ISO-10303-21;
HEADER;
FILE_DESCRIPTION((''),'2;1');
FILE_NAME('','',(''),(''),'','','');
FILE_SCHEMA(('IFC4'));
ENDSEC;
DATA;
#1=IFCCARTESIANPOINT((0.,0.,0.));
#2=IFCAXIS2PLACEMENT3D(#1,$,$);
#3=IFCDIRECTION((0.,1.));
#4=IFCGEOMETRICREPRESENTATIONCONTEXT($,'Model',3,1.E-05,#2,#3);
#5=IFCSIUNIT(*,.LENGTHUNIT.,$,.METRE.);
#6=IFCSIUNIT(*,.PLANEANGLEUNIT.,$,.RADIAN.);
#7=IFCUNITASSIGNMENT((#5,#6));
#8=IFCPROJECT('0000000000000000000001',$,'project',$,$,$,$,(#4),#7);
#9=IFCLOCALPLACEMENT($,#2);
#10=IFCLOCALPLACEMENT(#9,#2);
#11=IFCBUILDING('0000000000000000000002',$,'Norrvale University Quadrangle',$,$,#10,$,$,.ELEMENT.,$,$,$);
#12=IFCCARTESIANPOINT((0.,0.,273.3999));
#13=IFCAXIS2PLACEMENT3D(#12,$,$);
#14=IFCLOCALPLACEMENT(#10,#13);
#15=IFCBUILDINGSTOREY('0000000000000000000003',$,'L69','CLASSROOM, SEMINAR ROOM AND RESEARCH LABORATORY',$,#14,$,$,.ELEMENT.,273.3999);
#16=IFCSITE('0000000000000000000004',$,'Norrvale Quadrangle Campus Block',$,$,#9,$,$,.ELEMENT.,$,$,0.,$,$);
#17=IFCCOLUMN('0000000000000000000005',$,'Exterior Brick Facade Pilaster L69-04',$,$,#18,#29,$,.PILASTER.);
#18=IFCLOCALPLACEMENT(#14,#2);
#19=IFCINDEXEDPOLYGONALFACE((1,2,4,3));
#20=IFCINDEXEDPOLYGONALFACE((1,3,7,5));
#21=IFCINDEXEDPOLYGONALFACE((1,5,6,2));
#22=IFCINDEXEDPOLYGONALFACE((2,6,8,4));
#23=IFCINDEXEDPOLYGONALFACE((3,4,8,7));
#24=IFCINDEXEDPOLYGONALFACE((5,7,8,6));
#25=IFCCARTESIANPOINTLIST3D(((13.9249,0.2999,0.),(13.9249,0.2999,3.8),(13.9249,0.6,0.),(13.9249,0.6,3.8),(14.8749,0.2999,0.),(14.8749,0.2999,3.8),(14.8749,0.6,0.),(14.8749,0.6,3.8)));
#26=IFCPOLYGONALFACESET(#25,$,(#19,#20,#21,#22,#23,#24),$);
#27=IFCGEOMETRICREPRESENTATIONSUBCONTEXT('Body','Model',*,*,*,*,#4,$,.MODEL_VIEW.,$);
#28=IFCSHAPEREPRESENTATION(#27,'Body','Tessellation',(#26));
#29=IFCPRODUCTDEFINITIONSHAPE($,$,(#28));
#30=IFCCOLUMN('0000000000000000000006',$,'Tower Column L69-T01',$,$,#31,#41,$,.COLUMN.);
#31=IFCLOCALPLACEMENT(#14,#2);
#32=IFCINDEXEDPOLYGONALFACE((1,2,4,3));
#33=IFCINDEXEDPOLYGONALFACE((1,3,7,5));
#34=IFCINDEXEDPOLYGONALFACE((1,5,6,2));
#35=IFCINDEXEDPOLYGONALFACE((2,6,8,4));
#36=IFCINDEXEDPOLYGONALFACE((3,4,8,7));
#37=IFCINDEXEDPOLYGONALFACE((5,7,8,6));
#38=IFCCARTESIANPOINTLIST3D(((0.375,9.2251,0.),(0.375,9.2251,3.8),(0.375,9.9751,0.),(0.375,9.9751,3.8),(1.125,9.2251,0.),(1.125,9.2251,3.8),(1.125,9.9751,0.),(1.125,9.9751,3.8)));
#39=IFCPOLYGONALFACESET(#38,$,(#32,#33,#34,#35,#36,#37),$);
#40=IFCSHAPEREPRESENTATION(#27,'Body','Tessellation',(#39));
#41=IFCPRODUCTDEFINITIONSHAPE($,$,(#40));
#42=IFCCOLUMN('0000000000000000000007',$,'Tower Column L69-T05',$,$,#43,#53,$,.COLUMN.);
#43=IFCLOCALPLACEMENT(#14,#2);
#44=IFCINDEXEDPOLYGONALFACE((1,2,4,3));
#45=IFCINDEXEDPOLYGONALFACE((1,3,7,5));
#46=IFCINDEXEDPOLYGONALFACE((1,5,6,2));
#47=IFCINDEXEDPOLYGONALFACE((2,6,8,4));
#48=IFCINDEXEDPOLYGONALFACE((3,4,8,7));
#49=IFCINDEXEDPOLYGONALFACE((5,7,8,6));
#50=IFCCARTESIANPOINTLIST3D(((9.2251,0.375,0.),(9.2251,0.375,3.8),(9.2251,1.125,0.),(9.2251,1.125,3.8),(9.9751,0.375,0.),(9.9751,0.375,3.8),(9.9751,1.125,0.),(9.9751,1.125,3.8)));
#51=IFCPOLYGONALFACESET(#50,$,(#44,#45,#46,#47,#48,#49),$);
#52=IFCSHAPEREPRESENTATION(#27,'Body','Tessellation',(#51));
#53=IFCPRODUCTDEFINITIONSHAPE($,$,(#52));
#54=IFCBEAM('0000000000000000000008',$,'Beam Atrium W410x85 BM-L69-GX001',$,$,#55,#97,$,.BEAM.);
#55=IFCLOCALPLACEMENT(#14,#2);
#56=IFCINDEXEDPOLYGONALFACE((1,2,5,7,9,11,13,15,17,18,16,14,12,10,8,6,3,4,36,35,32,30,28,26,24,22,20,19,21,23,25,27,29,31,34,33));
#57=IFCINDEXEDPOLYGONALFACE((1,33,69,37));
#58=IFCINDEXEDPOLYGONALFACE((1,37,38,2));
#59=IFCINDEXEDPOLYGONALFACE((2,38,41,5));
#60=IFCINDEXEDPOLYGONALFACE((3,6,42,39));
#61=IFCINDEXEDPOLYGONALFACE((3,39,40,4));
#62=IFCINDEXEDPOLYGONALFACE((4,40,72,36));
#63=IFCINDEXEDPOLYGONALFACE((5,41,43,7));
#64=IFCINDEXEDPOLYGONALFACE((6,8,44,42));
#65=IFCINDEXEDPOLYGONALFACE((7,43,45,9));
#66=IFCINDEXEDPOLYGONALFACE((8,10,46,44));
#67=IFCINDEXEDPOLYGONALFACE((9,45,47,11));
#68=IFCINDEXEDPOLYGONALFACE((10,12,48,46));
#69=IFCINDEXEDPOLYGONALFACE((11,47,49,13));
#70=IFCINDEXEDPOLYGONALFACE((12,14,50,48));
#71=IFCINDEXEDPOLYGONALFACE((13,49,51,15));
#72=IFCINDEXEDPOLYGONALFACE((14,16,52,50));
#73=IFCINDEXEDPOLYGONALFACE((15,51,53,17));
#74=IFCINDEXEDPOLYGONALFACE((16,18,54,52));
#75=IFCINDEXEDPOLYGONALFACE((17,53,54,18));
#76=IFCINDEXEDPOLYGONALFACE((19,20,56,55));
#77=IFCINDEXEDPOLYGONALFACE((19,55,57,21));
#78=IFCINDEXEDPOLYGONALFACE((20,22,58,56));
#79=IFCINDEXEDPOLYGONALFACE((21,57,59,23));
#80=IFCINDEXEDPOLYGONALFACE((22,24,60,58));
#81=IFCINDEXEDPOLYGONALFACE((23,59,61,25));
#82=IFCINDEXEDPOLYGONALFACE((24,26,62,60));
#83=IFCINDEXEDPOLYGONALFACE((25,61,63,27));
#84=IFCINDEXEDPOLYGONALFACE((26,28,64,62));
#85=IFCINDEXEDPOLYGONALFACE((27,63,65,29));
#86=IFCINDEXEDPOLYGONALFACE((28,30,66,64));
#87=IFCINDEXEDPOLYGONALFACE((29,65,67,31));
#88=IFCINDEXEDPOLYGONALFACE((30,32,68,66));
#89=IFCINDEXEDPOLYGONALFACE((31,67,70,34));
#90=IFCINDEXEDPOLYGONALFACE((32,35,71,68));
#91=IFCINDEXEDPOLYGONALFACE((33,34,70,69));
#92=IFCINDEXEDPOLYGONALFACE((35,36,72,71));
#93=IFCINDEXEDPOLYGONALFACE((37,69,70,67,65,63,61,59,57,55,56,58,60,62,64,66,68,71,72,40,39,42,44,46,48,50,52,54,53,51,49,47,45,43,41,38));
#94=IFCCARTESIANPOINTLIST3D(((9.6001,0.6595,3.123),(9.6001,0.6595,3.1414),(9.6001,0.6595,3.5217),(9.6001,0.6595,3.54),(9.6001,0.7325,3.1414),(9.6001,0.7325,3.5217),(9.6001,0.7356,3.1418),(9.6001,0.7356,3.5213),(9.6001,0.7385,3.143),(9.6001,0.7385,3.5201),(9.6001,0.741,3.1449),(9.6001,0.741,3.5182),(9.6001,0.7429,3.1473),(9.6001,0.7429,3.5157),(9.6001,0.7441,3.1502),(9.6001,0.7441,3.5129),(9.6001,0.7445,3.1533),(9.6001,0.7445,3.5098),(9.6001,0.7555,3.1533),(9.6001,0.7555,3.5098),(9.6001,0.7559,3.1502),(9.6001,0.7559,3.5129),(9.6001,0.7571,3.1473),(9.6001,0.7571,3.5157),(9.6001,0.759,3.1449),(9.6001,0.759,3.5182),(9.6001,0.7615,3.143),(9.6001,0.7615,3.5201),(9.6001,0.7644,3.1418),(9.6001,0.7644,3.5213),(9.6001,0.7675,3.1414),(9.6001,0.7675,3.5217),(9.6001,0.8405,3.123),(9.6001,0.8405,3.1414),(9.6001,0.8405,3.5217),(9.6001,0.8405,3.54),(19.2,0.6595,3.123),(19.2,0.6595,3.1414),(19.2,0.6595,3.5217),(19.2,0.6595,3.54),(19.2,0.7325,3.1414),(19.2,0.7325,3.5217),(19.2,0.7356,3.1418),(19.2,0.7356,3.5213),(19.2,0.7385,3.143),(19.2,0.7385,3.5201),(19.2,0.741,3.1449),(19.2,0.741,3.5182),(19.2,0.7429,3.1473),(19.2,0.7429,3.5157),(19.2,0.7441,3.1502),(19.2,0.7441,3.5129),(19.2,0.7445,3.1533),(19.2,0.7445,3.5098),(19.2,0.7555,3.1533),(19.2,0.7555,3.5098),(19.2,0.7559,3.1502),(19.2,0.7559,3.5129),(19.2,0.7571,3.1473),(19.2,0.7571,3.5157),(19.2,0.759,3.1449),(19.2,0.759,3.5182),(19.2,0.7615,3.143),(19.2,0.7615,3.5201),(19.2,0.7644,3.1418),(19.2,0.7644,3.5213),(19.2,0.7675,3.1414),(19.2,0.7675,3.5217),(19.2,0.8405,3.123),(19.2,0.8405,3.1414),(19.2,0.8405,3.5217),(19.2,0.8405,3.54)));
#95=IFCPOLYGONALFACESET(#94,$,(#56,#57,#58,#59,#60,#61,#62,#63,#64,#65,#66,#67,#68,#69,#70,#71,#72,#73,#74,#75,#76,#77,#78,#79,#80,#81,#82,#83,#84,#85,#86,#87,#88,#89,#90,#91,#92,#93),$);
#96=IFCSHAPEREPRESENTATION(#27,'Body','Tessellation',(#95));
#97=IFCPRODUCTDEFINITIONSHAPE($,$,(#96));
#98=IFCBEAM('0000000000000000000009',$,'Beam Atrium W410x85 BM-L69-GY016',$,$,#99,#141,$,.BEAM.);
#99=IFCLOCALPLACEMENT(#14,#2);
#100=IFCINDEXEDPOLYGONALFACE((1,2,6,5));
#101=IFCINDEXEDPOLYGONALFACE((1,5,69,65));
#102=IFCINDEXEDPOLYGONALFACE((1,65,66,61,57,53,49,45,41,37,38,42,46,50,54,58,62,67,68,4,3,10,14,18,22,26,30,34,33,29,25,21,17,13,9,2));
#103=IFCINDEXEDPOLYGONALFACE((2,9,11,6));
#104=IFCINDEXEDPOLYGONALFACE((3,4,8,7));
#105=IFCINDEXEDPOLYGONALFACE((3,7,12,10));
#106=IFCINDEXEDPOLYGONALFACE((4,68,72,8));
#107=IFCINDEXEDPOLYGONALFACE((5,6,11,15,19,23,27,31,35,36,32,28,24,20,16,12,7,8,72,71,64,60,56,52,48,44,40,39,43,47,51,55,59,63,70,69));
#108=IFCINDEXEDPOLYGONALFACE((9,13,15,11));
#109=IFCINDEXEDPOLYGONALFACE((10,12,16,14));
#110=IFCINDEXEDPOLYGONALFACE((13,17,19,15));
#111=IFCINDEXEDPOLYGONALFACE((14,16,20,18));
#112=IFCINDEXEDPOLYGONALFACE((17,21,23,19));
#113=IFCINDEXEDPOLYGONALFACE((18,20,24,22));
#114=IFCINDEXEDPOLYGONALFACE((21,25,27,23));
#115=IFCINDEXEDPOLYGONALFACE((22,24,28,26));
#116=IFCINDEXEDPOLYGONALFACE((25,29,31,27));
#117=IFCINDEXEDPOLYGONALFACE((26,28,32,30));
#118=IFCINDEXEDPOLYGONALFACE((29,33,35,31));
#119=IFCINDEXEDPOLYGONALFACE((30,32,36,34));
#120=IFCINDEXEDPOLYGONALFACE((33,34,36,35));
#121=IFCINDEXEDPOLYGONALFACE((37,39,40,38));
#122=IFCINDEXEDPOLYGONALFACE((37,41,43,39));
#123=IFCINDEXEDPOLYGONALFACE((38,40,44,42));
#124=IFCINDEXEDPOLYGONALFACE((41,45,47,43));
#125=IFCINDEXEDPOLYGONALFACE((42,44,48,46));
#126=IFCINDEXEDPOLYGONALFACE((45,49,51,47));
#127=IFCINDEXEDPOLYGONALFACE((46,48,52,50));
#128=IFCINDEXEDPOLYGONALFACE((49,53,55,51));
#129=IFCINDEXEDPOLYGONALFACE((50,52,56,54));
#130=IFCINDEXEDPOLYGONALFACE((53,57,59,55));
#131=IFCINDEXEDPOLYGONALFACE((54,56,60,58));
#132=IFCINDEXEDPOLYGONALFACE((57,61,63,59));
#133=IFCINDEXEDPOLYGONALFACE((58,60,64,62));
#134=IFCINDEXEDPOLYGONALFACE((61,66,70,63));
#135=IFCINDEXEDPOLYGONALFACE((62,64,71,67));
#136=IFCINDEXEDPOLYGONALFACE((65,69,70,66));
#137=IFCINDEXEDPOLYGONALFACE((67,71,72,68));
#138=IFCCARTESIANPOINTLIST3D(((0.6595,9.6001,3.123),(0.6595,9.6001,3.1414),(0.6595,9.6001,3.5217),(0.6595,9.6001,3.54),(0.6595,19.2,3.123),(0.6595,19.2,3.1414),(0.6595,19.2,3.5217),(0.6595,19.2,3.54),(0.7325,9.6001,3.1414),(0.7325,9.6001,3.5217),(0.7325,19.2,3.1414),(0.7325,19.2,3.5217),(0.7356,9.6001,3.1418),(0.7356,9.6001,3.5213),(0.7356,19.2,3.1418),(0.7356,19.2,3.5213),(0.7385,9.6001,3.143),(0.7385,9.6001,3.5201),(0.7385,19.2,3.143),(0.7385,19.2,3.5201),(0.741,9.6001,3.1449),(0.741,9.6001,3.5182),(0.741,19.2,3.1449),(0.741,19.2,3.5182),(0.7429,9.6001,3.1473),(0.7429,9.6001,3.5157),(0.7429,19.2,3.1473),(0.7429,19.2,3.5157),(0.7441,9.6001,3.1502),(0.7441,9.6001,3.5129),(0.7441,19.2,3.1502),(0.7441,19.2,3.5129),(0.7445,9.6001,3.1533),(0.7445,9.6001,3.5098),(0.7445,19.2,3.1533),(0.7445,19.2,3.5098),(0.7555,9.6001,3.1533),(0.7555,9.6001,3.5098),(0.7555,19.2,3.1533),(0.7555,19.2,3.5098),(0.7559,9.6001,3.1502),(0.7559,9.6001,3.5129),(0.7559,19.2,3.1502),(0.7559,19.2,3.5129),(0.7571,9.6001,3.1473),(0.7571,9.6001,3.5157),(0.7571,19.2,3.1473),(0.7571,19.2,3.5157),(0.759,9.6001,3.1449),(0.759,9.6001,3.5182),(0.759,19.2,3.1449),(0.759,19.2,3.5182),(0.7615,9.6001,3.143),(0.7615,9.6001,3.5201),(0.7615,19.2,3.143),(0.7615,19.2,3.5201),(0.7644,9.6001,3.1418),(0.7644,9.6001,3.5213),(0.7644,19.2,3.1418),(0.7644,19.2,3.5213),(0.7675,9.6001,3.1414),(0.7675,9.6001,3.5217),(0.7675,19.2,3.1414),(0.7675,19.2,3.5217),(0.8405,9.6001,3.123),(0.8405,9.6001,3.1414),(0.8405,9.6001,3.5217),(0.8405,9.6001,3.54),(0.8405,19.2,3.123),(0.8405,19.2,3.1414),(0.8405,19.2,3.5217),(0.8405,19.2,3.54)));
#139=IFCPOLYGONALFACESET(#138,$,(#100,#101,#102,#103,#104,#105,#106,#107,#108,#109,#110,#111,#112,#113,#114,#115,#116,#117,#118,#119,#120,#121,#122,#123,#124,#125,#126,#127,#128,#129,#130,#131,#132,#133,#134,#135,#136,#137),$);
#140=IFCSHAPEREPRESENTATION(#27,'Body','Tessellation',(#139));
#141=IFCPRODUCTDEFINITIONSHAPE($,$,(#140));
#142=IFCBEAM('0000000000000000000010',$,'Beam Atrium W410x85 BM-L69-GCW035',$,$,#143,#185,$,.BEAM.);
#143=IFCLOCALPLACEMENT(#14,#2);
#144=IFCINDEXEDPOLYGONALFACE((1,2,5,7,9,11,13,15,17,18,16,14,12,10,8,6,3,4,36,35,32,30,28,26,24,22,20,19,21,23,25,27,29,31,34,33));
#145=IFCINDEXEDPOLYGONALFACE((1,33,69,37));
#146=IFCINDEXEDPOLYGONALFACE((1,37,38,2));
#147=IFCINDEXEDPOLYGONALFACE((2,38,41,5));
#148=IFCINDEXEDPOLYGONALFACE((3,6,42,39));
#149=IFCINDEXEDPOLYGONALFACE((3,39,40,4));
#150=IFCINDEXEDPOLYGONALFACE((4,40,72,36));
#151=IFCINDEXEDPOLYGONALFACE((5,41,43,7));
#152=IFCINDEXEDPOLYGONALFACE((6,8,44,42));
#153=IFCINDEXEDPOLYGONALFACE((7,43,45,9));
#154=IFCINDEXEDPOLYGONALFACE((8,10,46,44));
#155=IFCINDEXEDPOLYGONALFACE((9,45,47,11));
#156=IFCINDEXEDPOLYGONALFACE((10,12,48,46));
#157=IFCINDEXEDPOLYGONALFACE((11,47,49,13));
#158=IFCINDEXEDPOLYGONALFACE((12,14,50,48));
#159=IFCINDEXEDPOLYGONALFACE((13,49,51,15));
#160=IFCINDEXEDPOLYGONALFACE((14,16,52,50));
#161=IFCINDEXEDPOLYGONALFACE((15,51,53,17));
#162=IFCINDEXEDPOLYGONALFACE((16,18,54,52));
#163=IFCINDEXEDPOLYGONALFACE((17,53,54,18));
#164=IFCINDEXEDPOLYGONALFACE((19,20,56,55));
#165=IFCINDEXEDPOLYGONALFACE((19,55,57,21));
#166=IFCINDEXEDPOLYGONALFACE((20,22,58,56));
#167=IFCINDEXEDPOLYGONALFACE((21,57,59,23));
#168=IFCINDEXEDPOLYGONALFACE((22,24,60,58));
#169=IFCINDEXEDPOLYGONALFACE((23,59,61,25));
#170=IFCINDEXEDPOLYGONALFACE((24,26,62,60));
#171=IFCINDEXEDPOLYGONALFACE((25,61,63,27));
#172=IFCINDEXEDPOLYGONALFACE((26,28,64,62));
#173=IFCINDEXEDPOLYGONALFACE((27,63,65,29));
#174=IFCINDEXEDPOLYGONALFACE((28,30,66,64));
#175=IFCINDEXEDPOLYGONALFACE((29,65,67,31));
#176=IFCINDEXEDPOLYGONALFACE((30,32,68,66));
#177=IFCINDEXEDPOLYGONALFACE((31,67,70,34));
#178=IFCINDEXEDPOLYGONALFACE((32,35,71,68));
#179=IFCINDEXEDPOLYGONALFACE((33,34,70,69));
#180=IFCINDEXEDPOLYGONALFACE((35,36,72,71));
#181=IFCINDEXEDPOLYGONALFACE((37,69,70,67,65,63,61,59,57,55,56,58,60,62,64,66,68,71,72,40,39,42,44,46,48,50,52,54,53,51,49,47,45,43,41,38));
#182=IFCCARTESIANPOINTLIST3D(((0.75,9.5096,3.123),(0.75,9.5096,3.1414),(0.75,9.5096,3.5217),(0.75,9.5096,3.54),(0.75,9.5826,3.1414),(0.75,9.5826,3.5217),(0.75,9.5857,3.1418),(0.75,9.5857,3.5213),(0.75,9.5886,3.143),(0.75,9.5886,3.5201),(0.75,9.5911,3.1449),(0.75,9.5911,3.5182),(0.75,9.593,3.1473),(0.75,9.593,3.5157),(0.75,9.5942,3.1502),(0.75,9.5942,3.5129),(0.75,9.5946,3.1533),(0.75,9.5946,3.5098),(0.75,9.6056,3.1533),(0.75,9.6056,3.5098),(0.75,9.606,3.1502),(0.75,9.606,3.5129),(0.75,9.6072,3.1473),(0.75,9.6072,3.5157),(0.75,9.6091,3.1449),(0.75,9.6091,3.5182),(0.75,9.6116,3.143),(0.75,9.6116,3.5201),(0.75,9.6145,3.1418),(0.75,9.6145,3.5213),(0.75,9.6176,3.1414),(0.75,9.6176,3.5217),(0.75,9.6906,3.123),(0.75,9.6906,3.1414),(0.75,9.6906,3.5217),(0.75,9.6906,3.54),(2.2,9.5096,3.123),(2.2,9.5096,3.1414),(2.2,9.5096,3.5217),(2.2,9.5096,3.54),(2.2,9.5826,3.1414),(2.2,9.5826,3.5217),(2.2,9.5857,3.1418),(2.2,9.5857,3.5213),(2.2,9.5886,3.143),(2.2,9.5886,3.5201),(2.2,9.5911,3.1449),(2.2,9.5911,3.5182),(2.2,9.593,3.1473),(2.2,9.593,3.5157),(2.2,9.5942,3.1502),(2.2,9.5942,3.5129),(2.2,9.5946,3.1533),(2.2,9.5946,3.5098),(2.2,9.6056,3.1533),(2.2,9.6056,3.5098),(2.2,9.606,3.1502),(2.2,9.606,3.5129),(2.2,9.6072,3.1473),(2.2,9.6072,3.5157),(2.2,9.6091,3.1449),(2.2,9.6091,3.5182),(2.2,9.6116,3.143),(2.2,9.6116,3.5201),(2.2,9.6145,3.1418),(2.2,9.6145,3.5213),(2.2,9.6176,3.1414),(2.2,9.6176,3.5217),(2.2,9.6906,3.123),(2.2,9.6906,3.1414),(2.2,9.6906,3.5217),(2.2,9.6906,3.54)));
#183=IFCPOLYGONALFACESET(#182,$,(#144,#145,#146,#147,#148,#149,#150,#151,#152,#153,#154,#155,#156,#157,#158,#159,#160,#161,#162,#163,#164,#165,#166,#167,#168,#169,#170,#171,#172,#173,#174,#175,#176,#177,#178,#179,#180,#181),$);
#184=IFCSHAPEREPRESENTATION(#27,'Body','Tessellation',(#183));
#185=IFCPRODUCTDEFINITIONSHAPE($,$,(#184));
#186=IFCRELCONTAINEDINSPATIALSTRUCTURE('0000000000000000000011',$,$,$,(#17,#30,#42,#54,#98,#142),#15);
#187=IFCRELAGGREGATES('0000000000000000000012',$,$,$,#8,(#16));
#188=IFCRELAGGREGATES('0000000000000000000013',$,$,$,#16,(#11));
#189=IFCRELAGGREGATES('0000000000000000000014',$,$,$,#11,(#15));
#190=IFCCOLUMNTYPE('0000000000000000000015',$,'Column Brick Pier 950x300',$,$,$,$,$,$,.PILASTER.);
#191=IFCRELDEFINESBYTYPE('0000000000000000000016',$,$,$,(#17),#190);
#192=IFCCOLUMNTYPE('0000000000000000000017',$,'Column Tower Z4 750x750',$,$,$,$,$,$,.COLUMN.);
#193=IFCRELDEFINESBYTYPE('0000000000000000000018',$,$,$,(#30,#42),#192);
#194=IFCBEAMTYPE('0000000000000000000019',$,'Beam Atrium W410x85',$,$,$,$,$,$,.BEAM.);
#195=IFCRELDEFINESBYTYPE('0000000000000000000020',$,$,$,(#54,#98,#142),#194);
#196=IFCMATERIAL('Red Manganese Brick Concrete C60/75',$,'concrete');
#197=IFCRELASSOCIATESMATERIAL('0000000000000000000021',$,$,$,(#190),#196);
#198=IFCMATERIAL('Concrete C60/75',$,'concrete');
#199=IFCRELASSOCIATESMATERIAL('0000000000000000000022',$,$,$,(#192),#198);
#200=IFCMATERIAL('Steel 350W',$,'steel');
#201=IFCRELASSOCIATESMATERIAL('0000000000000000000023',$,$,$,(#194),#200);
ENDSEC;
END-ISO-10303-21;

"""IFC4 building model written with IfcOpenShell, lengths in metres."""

from ifc_helpers import new_model, si_unit, direction, frame, origin, origin_2d, place, context, subcontext, project, spatial, rectangle, i_section, extrude, material, material_profile, profile_set, type_object, element, save


model = new_model("IFC4")

# Units and contexts
model_context = context("Model", 3, precision=1e-05, world=origin(), true_north=direction((0.0, 1.0)))
body_context = subcontext(model_context, "Body", "Model", "MODEL_VIEW")
ifc_project = project(units=[si_unit("LENGTHUNIT", "METRE"), si_unit("PLANEANGLEUNIT", "RADIAN")], contexts=[model_context])

# Site, building, storey
site_placement = place(None, origin())
site = spatial("IfcSite", under=ifc_project, at=site_placement, Name="Norrvale Quadrangle Campus Block", CompositionType="ELEMENT", RefElevation=0.0)
building_placement = place(site_placement, origin())
building = spatial("IfcBuilding", under=site, at=building_placement, Name="Norrvale University Quadrangle", CompositionType="ELEMENT")
storey_placement = place(building_placement, frame((0.0, 0.0, 273.3999)))
storey = spatial("IfcBuildingStorey", under=building, at=storey_placement, Name="L69", Description="CLASSROOM, SEMINAR ROOM AND RESEARCH LABORATORY", CompositionType="ELEMENT", Elevation=273.3999)

# Columns
ifc_material_1 = material(Name="Red Manganese Brick Concrete C60/75", Category="concrete")
ifc_material_profile_1 = material_profile(ifc_material_1, rectangle(XDim=0.95, YDim=0.3, at=origin_2d()), Name="Red Manganese Brick Concrete C60/75")
ifc_profile_set_1 = profile_set([ifc_material_profile_1], Name="Red Manganese Brick Concrete C60/75")
column_type_1 = type_object("IfcColumnType", Name="Column Brick Pier 950x300", PredefinedType="PILASTER", material=ifc_profile_set_1)
column_placement = place(storey_placement, frame((14.3999, 0.45, 0.0), z_axis=(0.0, 0.0, 1.0), x_axis=(1.0, 0.0, 0.0)))
element("IfcColumn", 1, at=column_placement, inside=storey, type_object=column_type_1, Name="Exterior Brick Facade Pilaster L69-04", PredefinedType="PILASTER", context=body_context, shape_type="SweptSolid", body=[
    extrude(rectangle(XDim=0.95, YDim=0.3, at=origin_2d()), origin(), (0.0, 0.0, 1.0), 3.8),
])
ifc_material_2 = material(Name="Concrete C60/75", Category="concrete")
ifc_material_profile_2 = material_profile(ifc_material_2, rectangle(XDim=0.75, YDim=0.75, at=origin_2d()), Name="Concrete C60/75")
ifc_profile_set_2 = profile_set([ifc_material_profile_2], Name="Concrete C60/75")
column_type_2 = type_object("IfcColumnType", Name="Column Tower Z4 750x750", PredefinedType="COLUMN", material=ifc_profile_set_2)
for number, where, z_axis, x_axis, name in (
    (2, (0.75, 9.6001, 0.0), (0.0, 0.0, 1.0), (1.0, 0.0, 0.0), "Tower Column L69-T01"),
    (3, (9.6001, 0.75, 0.0), (0.0, 0.0, 1.0), (1.0, 0.0, 0.0), "Tower Column L69-T05"),
):
    element("IfcColumn", number, at=place(storey_placement, frame(where, z_axis=z_axis, x_axis=x_axis)), inside=storey, type_object=column_type_2, Name=name, PredefinedType="COLUMN", context=body_context, shape_type="SweptSolid", body=[
        extrude(rectangle(XDim=0.75, YDim=0.75, at=origin_2d()), origin(), (0.0, 0.0, 1.0), 3.8),
    ])

# Beams
ifc_material_3 = material(Name="Steel 350W", Category="steel")
ifc_material_profile_3 = material_profile(ifc_material_3, i_section(OverallWidth=0.1809, OverallDepth=0.417, WebThickness=0.011, FlangeThickness=0.0183, FilletRadius=0.012, at=origin_2d()), Name="Steel 350W")
ifc_profile_set_3 = profile_set([ifc_material_profile_3], Name="Steel 350W")
beam_type_1 = type_object("IfcBeamType", Name="Beam Atrium W410x85", PredefinedType="BEAM", material=ifc_profile_set_3)
for number, where, z_axis, x_axis, name in (
    (4, (9.6001, 0.75, 3.3315), (1.0, 0.0, 0.0), (0.0, 1.0, 0.0), "Beam Atrium W410x85 BM-L69-GX001"),
    (5, (0.75, 9.6001, 3.3315), (0.0, 1.0, 0.0), (-1.0, 0.0, 0.0), "Beam Atrium W410x85 BM-L69-GY016"),
):
    element("IfcBeam", number, at=place(storey_placement, frame(where, z_axis=z_axis, x_axis=x_axis)), inside=storey, type_object=beam_type_1, Name=name, PredefinedType="BEAM", context=body_context, shape_type="SweptSolid", body=[
        extrude(i_section(OverallWidth=0.1809, OverallDepth=0.417, WebThickness=0.011, FlangeThickness=0.0183, FilletRadius=0.012, at=origin_2d()), origin(), (0.0, 0.0, 1.0), 9.5999),
    ])
beam_1_placement = place(storey_placement, frame((0.75, 9.6001, 3.3315), z_axis=(1.0, 0.0, 0.0), x_axis=(0.0, 1.0, 0.0)))
element("IfcBeam", 6, at=beam_1_placement, inside=storey, type_object=beam_type_1, Name="Beam Atrium W410x85 BM-L69-GCW035", PredefinedType="BEAM", context=body_context, shape_type="SweptSolid", body=[
    extrude(i_section(OverallWidth=0.1809, OverallDepth=0.417, WebThickness=0.011, FlangeThickness=0.0183, FilletRadius=0.012, at=origin_2d()), origin(), (0.0, 0.0, 1.0), 1.45),
])

save(model, "model.ifc")
